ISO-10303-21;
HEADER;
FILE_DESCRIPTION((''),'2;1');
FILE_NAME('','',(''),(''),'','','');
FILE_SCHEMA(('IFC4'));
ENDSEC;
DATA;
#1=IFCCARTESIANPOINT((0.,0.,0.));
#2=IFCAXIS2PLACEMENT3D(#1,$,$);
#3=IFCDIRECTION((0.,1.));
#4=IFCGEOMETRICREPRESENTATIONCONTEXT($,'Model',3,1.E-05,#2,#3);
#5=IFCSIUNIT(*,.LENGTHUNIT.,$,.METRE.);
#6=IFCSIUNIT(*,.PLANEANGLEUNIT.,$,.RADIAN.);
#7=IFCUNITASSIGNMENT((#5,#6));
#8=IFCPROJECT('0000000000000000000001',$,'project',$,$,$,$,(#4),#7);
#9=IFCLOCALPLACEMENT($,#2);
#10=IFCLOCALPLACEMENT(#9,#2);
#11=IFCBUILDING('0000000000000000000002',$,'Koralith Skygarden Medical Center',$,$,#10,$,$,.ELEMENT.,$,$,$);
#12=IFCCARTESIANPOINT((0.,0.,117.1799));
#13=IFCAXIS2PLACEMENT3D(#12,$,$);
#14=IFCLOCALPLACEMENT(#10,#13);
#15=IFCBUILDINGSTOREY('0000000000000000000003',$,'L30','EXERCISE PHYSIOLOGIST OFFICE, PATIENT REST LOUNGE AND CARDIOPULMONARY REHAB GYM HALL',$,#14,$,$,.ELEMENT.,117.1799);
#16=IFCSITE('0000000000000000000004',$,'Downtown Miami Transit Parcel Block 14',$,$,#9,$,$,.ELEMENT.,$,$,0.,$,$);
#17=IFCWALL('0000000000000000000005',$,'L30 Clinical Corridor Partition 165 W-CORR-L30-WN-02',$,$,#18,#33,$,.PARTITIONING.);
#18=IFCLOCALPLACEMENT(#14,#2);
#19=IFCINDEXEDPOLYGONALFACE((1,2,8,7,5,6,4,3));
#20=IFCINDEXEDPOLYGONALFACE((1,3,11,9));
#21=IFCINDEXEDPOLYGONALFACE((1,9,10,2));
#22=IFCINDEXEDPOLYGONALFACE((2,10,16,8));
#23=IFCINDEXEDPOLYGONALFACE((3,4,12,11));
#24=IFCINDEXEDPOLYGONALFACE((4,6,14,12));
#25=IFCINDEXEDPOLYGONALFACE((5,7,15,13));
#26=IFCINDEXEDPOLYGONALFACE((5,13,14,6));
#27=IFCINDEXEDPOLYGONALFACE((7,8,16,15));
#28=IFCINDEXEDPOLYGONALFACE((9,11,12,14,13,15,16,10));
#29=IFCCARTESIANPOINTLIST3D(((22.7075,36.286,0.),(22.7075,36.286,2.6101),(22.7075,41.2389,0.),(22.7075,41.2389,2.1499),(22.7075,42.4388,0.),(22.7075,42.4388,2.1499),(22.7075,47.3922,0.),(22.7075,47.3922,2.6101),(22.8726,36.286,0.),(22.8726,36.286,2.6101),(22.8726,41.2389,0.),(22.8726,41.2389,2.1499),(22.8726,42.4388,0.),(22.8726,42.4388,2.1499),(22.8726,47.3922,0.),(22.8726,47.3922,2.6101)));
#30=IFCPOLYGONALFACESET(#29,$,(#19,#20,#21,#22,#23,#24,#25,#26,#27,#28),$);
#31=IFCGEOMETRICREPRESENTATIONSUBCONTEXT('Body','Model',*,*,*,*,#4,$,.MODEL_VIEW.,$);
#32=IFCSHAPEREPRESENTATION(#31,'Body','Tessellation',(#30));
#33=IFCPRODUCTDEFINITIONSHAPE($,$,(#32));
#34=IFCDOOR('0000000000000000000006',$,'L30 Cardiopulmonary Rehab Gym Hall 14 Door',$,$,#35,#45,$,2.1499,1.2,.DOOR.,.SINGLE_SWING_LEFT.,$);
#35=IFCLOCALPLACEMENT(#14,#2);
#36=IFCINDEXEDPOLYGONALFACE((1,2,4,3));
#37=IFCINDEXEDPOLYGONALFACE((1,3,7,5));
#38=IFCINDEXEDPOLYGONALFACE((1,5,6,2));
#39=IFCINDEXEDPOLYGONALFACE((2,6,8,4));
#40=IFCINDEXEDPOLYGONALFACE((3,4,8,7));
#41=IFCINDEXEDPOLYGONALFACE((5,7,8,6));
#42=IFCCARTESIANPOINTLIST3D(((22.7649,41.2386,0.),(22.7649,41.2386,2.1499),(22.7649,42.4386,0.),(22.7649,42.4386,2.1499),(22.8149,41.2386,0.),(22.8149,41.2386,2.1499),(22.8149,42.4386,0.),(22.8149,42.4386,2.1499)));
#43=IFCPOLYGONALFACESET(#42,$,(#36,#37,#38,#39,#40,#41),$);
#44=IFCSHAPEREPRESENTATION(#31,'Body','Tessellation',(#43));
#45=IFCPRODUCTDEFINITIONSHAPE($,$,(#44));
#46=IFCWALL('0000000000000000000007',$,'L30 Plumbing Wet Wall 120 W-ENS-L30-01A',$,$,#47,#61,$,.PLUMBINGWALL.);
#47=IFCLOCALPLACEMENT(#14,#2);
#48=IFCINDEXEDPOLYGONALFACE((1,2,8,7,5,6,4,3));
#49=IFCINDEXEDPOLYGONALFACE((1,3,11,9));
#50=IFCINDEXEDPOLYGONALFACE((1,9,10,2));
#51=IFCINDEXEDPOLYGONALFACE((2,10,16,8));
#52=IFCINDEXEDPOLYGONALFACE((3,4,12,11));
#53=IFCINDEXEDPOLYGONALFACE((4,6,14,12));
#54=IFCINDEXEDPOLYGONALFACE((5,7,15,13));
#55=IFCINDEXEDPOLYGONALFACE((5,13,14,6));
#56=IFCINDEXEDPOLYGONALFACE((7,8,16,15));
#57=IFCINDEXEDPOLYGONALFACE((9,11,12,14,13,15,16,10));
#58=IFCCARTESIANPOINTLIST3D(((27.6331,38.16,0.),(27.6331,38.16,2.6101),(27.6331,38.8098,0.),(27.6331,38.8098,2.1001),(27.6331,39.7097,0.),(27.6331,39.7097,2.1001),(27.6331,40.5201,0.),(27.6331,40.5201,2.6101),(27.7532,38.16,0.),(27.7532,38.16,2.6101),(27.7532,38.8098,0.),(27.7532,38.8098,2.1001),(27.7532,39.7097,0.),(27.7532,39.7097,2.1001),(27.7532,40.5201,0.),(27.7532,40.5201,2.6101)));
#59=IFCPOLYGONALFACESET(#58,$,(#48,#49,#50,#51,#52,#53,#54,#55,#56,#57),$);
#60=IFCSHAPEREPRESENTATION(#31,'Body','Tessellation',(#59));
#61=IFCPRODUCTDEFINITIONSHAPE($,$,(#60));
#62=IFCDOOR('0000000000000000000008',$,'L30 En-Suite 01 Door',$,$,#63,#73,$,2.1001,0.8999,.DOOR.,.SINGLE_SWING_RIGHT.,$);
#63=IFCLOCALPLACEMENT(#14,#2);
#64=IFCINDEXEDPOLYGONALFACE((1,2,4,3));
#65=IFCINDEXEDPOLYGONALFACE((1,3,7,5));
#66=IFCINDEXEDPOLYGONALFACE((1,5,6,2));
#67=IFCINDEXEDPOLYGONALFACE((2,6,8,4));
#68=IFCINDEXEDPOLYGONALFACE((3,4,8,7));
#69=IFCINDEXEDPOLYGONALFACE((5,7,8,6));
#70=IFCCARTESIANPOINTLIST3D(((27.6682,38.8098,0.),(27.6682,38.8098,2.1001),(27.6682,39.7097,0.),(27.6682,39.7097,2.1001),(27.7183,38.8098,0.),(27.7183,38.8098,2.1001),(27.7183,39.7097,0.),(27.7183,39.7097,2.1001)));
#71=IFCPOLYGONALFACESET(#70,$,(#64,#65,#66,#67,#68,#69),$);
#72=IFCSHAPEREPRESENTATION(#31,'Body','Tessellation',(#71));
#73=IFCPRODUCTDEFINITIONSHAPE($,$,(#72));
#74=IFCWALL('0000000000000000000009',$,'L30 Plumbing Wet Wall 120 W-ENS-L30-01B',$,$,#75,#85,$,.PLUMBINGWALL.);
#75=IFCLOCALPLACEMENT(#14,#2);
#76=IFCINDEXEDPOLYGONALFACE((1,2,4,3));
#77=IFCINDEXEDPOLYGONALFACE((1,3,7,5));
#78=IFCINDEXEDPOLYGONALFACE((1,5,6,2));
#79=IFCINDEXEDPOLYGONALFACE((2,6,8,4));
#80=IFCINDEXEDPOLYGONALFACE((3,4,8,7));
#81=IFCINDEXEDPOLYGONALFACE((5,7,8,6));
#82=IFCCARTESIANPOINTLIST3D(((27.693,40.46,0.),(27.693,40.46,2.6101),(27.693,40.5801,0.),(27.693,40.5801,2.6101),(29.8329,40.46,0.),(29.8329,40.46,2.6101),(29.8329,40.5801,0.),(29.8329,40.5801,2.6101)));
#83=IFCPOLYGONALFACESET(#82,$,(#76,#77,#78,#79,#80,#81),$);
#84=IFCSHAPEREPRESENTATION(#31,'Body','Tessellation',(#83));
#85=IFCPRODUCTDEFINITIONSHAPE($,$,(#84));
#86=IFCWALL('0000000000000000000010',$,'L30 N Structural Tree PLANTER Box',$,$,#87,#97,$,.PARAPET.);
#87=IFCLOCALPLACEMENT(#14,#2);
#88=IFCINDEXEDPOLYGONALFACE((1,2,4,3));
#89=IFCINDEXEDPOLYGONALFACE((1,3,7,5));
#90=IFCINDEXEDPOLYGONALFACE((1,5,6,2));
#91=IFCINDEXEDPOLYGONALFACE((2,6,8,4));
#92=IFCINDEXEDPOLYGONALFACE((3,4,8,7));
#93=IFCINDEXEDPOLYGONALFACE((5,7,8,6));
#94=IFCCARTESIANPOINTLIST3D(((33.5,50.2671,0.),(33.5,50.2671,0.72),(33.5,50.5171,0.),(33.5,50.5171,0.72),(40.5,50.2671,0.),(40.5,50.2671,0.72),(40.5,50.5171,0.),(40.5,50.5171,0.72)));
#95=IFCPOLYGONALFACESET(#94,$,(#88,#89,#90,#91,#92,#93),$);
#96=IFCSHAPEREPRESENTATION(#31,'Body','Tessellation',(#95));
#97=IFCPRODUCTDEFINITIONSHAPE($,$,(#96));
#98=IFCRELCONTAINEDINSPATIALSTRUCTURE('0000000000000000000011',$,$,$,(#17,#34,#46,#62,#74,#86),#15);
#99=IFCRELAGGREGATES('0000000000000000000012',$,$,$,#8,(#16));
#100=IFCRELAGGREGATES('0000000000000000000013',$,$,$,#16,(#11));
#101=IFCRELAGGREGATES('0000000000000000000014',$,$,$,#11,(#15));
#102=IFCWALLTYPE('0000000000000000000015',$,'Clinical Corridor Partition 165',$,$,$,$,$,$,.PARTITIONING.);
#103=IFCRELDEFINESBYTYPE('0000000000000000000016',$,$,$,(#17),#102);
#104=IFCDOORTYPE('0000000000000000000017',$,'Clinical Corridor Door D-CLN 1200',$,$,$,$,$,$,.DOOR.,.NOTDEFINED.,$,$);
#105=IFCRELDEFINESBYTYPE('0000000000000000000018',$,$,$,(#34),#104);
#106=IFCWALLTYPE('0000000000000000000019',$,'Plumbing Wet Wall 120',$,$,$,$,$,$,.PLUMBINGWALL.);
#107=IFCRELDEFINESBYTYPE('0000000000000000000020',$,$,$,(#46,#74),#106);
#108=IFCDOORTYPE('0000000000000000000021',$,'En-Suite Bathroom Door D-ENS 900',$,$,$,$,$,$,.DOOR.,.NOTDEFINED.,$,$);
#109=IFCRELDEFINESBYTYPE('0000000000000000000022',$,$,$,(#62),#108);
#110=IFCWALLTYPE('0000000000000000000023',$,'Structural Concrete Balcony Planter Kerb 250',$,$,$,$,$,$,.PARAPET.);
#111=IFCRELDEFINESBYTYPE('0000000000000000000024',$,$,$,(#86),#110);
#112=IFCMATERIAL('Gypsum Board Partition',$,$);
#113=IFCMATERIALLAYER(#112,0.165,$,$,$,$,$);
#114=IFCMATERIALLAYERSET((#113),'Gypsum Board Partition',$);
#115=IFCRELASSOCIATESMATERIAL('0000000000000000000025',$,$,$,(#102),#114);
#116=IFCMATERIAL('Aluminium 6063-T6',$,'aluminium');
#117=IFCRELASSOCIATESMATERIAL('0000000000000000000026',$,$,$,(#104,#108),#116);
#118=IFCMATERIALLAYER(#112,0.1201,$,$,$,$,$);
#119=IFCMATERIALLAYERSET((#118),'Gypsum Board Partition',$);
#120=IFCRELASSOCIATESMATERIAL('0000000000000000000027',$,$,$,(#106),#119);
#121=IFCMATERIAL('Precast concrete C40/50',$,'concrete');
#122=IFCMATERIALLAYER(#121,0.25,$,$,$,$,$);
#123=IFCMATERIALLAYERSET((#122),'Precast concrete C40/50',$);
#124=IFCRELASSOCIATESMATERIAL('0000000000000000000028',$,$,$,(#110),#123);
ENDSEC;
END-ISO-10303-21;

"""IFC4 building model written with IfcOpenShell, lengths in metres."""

from ifc_helpers import new_model, si_unit, direction, frame, frame_2d, origin, place, context, subcontext, project, spatial, rectangle, extrude, material, layer, layer_set, type_object, element, fill, save


model = new_model("IFC4")

# Units and contexts
model_context = context("Model", 3, precision=1e-05, world=origin(), true_north=direction((0.0, 1.0)))
body_context = subcontext(model_context, "Body", "Model", "MODEL_VIEW")
ifc_project = project(units=[si_unit("LENGTHUNIT", "METRE"), si_unit("PLANEANGLEUNIT", "RADIAN")], contexts=[model_context])

# Site, building, storey
site_placement = place(None, origin())
site = spatial("IfcSite", under=ifc_project, at=site_placement, Name="Downtown Miami Transit Parcel Block 14", CompositionType="ELEMENT", RefElevation=0.0)
building_placement = place(site_placement, origin())
building = spatial("IfcBuilding", under=site, at=building_placement, Name="Koralith Skygarden Medical Center", CompositionType="ELEMENT")
storey_placement = place(building_placement, frame((0.0, 0.0, 117.1799)))
storey = spatial("IfcBuildingStorey", under=building, at=storey_placement, Name="L30", Description="EXERCISE PHYSIOLOGIST OFFICE, PATIENT REST LOUNGE AND CARDIOPULMONARY REHAB GYM HALL", CompositionType="ELEMENT", Elevation=117.1799)

# Shared definitions
ifc_material_1 = material(Name="Aluminium 6063-T6", Category="aluminium")

# Shared definitions
ifc_material_2 = material(Name="Gypsum Board Partition")
ifc_layer_1 = layer(ifc_material_2, 0.165)
ifc_layer_set_1 = layer_set([ifc_layer_1], Name="Gypsum Board Partition")
wall_type_1 = type_object("IfcWallType", Name="Clinical Corridor Partition 165", PredefinedType="PARTITIONING", material=ifc_layer_set_1)

# Walls, openings, doors
door_type_1 = type_object("IfcDoorType", Name="Clinical Corridor Door D-CLN 1200", OperationType="NOTDEFINED", PredefinedType="DOOR", material=ifc_material_1)
wall_1_placement = place(storey_placement, frame((22.79, 36.2859, 0.0), z_axis=(0.0, 0.0, 1.0), x_axis=(0.0, 1.0, 0.0)))
wall_1 = element("IfcWall", 1, at=wall_1_placement, inside=storey, type_object=wall_type_1, Name="L30 Clinical Corridor Partition 165 W-CORR-L30-WN-02", PredefinedType="PARTITIONING", context=body_context, shape_type="SweptSolid", body=[
    extrude(rectangle(XDim=11.1062, YDim=0.165, at=frame_2d((5.5532, 0.0))), origin(), (0.0, 0.0, 1.0), 2.6101),
])
opening_1_placement = place(wall_1_placement, frame((4.9529, 0.0, 0.0)))
opening_1 = element("IfcOpeningElement", 2, at=opening_1_placement, cuts=wall_1, PredefinedType="OPENING", context=body_context, shape_type="SweptSolid", body=[
    extrude(rectangle(XDim=1.2, YDim=2.1499, at=frame_2d((0.6001, 1.075))), frame((0.0, 0.0925, 0.0), z_axis=(0.0, -1.0, 0.0), x_axis=(1.0, 0.0, 0.0)), (0.0, 0.0, 1.0), 0.1851),
])
door_1_placement = place(opening_1_placement, frame((1.2, 0.0, 0.0), z_axis=(0.0, 0.0, 1.0), x_axis=(-1.0, 0.0, 0.0)))
door_1 = element("IfcDoor", 3, at=door_1_placement, inside=storey, type_object=door_type_1, Name="L30 Cardiopulmonary Rehab Gym Hall 14 Door", OperationType="SINGLE_SWING_LEFT", OverallHeight=2.1499, OverallWidth=1.2, PredefinedType="DOOR", context=body_context, shape_type="SweptSolid", body=[
    extrude(rectangle(XDim=1.2, YDim=2.1499, at=frame_2d((0.6001, 1.075))), frame((0.0, 0.0249, 0.0), z_axis=(0.0, -1.0, 0.0), x_axis=(1.0, 0.0, 0.0)), (0.0, 0.0, 1.0), 0.05),
])
fill(opening_1, door_1)
ifc_layer_2 = layer(ifc_material_2, 0.1201)
ifc_layer_set_2 = layer_set([ifc_layer_2], Name="Gypsum Board Partition")
wall_type_2 = type_object("IfcWallType", Name="Plumbing Wet Wall 120", PredefinedType="PLUMBINGWALL", material=ifc_layer_set_2)
wall_2_placement = place(storey_placement, frame((27.6931, 38.1599, 0.0), z_axis=(0.0, 0.0, 1.0), x_axis=(0.0, 1.0, 0.0)))
wall_2 = element("IfcWall", 4, at=wall_2_placement, inside=storey, type_object=wall_type_2, Name="L30 Plumbing Wet Wall 120 W-ENS-L30-01A", PredefinedType="PLUMBINGWALL", context=body_context, shape_type="SweptSolid", body=[
    extrude(rectangle(XDim=2.3601, YDim=0.1201, at=frame_2d((1.1802, 0.0))), origin(), (0.0, 0.0, 1.0), 2.6101),
])
opening_2_placement = place(wall_2_placement, frame((0.6499, 0.0, 0.0)))
opening_2 = element("IfcOpeningElement", 5, at=opening_2_placement, cuts=wall_2, PredefinedType="OPENING", context=body_context, shape_type="SweptSolid", body=[
    extrude(rectangle(XDim=0.8999, YDim=2.1001, at=frame_2d((0.45, 1.05))), frame((0.0, 0.0701, 0.0), z_axis=(0.0, -1.0, 0.0), x_axis=(1.0, 0.0, 0.0)), (0.0, 0.0, 1.0), 0.1401),
])
door_type_2 = type_object("IfcDoorType", Name="En-Suite Bathroom Door D-ENS 900", OperationType="NOTDEFINED", PredefinedType="DOOR", material=ifc_material_1)
door_2_placement = place(opening_2_placement, origin())
door_2 = element("IfcDoor", 6, at=door_2_placement, inside=storey, type_object=door_type_2, Name="L30 En-Suite 01 Door", OperationType="SINGLE_SWING_RIGHT", OverallHeight=2.1001, OverallWidth=0.8999, PredefinedType="DOOR", context=body_context, shape_type="SweptSolid", body=[
    extrude(rectangle(XDim=0.8999, YDim=2.1001, at=frame_2d((0.45, 1.05))), frame((0.0, 0.0249, 0.0), z_axis=(0.0, -1.0, 0.0), x_axis=(1.0, 0.0, 0.0)), (0.0, 0.0, 1.0), 0.05),
])
fill(opening_2, door_2)

# Walls
wall_3_placement = place(storey_placement, frame((27.6931, 40.52, 0.0), z_axis=(0.0, 0.0, 1.0), x_axis=(1.0, 0.0, 0.0)))
element("IfcWall", 7, at=wall_3_placement, inside=storey, type_object=wall_type_2, Name="L30 Plumbing Wet Wall 120 W-ENS-L30-01B", PredefinedType="PLUMBINGWALL", context=body_context, shape_type="SweptSolid", body=[
    extrude(rectangle(XDim=2.1399, YDim=0.1201, at=frame_2d((1.0698, 0.0))), origin(), (0.0, 0.0, 1.0), 2.6101),
])
ifc_material_3 = material(Name="Precast concrete C40/50", Category="concrete")
ifc_layer_3 = layer(ifc_material_3, 0.25)
ifc_layer_set_3 = layer_set([ifc_layer_3], Name="Precast concrete C40/50")
wall_type_3 = type_object("IfcWallType", Name="Structural Concrete Balcony Planter Kerb 250", PredefinedType="PARAPET", material=ifc_layer_set_3)
wall_4_placement = place(storey_placement, frame((33.5, 50.3921, 0.0), z_axis=(0.0, 0.0, 1.0), x_axis=(1.0, 0.0, 0.0)))
element("IfcWall", 8, at=wall_4_placement, inside=storey, type_object=wall_type_3, Name="L30 N Structural Tree PLANTER Box", PredefinedType="PARAPET", context=body_context, shape_type="SweptSolid", body=[
    extrude(rectangle(XDim=7.0, YDim=0.25, at=frame_2d((3.5, 0.0))), origin(), (0.0, 0.0, 1.0), 0.72),
])

save(model, "model.ifc")
